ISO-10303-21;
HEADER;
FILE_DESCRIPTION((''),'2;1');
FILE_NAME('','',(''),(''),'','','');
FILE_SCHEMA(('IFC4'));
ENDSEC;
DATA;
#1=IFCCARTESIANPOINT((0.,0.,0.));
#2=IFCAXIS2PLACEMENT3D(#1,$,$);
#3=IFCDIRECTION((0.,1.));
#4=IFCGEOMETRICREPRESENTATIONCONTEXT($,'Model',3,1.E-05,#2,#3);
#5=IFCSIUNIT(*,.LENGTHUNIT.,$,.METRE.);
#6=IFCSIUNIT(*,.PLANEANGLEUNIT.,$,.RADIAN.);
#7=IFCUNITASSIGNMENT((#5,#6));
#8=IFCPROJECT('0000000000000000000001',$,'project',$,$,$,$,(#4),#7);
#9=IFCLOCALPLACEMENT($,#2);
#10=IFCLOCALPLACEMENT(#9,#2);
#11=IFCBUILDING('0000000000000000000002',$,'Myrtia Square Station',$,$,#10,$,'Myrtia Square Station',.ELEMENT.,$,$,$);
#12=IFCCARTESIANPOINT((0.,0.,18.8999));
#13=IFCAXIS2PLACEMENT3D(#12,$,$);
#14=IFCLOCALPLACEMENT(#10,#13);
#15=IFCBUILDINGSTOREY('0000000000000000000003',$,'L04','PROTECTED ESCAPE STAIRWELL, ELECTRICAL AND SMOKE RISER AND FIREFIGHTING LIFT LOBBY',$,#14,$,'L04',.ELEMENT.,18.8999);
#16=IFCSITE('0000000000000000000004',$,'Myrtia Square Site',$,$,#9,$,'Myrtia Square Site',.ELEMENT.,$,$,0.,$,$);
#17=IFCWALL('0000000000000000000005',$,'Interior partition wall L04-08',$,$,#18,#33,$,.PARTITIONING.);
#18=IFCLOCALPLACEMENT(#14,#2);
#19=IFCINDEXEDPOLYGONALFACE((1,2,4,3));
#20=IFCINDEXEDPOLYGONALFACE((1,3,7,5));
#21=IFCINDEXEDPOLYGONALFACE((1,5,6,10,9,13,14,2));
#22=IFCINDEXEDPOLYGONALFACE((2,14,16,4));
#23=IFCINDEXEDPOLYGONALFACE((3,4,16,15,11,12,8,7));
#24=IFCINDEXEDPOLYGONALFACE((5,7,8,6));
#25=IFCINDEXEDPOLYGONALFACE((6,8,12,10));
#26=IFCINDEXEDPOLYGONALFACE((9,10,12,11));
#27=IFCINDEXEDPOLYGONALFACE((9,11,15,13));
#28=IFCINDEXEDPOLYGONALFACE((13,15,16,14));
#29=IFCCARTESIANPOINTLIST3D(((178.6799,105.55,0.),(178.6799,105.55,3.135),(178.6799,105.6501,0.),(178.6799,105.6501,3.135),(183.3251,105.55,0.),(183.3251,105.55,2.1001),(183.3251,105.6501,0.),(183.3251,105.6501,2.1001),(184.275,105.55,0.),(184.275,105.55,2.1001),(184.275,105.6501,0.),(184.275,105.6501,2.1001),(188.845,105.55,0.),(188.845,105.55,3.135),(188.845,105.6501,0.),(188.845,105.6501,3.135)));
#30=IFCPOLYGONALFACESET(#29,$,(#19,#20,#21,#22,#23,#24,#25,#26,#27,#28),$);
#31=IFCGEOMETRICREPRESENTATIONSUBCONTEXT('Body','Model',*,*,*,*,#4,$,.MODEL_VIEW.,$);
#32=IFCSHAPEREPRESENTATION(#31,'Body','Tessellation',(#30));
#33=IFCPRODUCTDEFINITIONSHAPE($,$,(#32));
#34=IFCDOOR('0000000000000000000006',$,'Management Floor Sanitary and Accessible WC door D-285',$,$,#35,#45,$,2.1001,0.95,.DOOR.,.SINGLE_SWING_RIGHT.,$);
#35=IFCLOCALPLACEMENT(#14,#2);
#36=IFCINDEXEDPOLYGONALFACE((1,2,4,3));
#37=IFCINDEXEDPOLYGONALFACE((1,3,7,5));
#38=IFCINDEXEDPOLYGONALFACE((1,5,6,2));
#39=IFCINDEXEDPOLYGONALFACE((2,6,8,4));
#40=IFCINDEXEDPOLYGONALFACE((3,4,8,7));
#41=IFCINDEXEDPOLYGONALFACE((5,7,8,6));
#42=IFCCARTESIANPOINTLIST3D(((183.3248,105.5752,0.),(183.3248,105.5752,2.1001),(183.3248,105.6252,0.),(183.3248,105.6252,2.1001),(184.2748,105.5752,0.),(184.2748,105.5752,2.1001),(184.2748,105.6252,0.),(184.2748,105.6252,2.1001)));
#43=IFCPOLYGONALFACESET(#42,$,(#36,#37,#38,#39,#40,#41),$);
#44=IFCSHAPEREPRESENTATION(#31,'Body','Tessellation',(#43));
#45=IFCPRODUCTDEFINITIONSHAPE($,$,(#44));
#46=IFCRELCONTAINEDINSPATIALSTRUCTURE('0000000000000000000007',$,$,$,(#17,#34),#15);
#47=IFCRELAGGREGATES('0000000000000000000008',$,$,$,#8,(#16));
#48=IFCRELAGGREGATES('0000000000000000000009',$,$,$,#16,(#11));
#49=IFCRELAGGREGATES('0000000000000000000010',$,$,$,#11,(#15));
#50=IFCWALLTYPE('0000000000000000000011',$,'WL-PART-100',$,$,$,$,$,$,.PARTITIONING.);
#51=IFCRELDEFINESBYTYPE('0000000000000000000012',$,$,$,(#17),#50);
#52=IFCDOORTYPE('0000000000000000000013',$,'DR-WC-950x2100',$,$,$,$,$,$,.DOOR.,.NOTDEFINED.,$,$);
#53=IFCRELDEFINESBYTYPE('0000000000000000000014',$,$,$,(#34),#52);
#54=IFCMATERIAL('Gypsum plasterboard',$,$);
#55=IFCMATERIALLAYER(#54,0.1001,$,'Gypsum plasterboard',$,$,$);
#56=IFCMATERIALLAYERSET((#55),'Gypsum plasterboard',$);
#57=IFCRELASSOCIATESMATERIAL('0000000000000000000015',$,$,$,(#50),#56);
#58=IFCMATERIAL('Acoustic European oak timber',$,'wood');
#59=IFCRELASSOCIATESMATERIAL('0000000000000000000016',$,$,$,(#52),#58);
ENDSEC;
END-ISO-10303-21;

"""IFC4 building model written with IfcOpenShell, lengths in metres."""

from ifc_helpers import new_model, si_unit, direction, frame, frame_2d, origin, place, context, subcontext, project, spatial, rectangle, extrude, material, layer, layer_set, type_object, element, fill, save


model = new_model("IFC4")

# Units and contexts
model_context = context("Model", 3, precision=1e-05, world=origin(), true_north=direction((0.0, 1.0)))
body_context = subcontext(model_context, "Body", "Model", "MODEL_VIEW")
ifc_project = project(units=[si_unit("LENGTHUNIT", "METRE"), si_unit("PLANEANGLEUNIT", "RADIAN")], contexts=[model_context])

# Site, building, storey
site_placement = place(None, origin())
site = spatial("IfcSite", under=ifc_project, at=site_placement, Name="Myrtia Square Site", LongName="Myrtia Square Site", CompositionType="ELEMENT", RefElevation=0.0)
building_placement = place(site_placement, origin())
building = spatial("IfcBuilding", under=site, at=building_placement, Name="Myrtia Square Station", LongName="Myrtia Square Station", CompositionType="ELEMENT")
storey_placement = place(building_placement, frame((0.0, 0.0, 18.8999)))
storey = spatial("IfcBuildingStorey", under=building, at=storey_placement, Name="L04", Description="PROTECTED ESCAPE STAIRWELL, ELECTRICAL AND SMOKE RISER AND FIREFIGHTING LIFT LOBBY", LongName="L04", CompositionType="ELEMENT", Elevation=18.8999)

# Wall, opening, door
ifc_material_1 = material(Name="Gypsum plasterboard")
ifc_layer_1 = layer(ifc_material_1, 0.1001, Name="Gypsum plasterboard")
ifc_layer_set_1 = layer_set([ifc_layer_1], Name="Gypsum plasterboard")
wall_type = type_object("IfcWallType", Name="WL-PART-100", PredefinedType="PARTITIONING", material=ifc_layer_set_1)
wall_placement = place(storey_placement, frame((178.6799, 105.6001, 0.0), z_axis=(0.0, 0.0, 1.0), x_axis=(1.0, 0.0, 0.0)))
wall = element("IfcWall", 1, at=wall_placement, inside=storey, type_object=wall_type, Name="Interior partition wall L04-08", PredefinedType="PARTITIONING", context=body_context, shape_type="SweptSolid", body=[
    extrude(rectangle(XDim=10.165, YDim=0.1001, at=frame_2d((5.0825, 0.0))), origin(), (0.0, 0.0, 1.0), 3.135),
])
opening_placement = place(wall_placement, frame((4.645, 0.0, 0.0)))
opening = element("IfcOpeningElement", 2, at=opening_placement, cuts=wall, PredefinedType="OPENING", context=body_context, shape_type="SweptSolid", body=[
    extrude(rectangle(XDim=0.95, YDim=2.1001, at=frame_2d((0.4751, 1.05))), frame((0.0, 0.0649, 0.0), z_axis=(0.0, -1.0, 0.0), x_axis=(1.0, 0.0, 0.0)), (0.0, 0.0, 1.0), 0.1301),
])
ifc_material_2 = material(Name="Acoustic European oak timber", Category="wood")
door_type = type_object("IfcDoorType", Name="DR-WC-950x2100", OperationType="NOTDEFINED", PredefinedType="DOOR", material=ifc_material_2)
door_placement = place(opening_placement, frame((0.95, 0.0, 0.0), z_axis=(0.0, 0.0, 1.0), x_axis=(-1.0, 0.0, 0.0)))
door = element("IfcDoor", 3, at=door_placement, inside=storey, type_object=door_type, Name="Management Floor Sanitary and Accessible WC door D-285", OperationType="SINGLE_SWING_RIGHT", OverallHeight=2.1001, OverallWidth=0.95, PredefinedType="DOOR", context=body_context, shape_type="SweptSolid", body=[
    extrude(rectangle(XDim=0.95, YDim=2.1001, at=frame_2d((0.4751, 1.05))), frame((0.0, 0.0249, 0.0), z_axis=(0.0, -1.0, 0.0), x_axis=(1.0, 0.0, 0.0)), (0.0, 0.0, 1.0), 0.05),
])
fill(opening, door)

save(model, "model.ifc")
